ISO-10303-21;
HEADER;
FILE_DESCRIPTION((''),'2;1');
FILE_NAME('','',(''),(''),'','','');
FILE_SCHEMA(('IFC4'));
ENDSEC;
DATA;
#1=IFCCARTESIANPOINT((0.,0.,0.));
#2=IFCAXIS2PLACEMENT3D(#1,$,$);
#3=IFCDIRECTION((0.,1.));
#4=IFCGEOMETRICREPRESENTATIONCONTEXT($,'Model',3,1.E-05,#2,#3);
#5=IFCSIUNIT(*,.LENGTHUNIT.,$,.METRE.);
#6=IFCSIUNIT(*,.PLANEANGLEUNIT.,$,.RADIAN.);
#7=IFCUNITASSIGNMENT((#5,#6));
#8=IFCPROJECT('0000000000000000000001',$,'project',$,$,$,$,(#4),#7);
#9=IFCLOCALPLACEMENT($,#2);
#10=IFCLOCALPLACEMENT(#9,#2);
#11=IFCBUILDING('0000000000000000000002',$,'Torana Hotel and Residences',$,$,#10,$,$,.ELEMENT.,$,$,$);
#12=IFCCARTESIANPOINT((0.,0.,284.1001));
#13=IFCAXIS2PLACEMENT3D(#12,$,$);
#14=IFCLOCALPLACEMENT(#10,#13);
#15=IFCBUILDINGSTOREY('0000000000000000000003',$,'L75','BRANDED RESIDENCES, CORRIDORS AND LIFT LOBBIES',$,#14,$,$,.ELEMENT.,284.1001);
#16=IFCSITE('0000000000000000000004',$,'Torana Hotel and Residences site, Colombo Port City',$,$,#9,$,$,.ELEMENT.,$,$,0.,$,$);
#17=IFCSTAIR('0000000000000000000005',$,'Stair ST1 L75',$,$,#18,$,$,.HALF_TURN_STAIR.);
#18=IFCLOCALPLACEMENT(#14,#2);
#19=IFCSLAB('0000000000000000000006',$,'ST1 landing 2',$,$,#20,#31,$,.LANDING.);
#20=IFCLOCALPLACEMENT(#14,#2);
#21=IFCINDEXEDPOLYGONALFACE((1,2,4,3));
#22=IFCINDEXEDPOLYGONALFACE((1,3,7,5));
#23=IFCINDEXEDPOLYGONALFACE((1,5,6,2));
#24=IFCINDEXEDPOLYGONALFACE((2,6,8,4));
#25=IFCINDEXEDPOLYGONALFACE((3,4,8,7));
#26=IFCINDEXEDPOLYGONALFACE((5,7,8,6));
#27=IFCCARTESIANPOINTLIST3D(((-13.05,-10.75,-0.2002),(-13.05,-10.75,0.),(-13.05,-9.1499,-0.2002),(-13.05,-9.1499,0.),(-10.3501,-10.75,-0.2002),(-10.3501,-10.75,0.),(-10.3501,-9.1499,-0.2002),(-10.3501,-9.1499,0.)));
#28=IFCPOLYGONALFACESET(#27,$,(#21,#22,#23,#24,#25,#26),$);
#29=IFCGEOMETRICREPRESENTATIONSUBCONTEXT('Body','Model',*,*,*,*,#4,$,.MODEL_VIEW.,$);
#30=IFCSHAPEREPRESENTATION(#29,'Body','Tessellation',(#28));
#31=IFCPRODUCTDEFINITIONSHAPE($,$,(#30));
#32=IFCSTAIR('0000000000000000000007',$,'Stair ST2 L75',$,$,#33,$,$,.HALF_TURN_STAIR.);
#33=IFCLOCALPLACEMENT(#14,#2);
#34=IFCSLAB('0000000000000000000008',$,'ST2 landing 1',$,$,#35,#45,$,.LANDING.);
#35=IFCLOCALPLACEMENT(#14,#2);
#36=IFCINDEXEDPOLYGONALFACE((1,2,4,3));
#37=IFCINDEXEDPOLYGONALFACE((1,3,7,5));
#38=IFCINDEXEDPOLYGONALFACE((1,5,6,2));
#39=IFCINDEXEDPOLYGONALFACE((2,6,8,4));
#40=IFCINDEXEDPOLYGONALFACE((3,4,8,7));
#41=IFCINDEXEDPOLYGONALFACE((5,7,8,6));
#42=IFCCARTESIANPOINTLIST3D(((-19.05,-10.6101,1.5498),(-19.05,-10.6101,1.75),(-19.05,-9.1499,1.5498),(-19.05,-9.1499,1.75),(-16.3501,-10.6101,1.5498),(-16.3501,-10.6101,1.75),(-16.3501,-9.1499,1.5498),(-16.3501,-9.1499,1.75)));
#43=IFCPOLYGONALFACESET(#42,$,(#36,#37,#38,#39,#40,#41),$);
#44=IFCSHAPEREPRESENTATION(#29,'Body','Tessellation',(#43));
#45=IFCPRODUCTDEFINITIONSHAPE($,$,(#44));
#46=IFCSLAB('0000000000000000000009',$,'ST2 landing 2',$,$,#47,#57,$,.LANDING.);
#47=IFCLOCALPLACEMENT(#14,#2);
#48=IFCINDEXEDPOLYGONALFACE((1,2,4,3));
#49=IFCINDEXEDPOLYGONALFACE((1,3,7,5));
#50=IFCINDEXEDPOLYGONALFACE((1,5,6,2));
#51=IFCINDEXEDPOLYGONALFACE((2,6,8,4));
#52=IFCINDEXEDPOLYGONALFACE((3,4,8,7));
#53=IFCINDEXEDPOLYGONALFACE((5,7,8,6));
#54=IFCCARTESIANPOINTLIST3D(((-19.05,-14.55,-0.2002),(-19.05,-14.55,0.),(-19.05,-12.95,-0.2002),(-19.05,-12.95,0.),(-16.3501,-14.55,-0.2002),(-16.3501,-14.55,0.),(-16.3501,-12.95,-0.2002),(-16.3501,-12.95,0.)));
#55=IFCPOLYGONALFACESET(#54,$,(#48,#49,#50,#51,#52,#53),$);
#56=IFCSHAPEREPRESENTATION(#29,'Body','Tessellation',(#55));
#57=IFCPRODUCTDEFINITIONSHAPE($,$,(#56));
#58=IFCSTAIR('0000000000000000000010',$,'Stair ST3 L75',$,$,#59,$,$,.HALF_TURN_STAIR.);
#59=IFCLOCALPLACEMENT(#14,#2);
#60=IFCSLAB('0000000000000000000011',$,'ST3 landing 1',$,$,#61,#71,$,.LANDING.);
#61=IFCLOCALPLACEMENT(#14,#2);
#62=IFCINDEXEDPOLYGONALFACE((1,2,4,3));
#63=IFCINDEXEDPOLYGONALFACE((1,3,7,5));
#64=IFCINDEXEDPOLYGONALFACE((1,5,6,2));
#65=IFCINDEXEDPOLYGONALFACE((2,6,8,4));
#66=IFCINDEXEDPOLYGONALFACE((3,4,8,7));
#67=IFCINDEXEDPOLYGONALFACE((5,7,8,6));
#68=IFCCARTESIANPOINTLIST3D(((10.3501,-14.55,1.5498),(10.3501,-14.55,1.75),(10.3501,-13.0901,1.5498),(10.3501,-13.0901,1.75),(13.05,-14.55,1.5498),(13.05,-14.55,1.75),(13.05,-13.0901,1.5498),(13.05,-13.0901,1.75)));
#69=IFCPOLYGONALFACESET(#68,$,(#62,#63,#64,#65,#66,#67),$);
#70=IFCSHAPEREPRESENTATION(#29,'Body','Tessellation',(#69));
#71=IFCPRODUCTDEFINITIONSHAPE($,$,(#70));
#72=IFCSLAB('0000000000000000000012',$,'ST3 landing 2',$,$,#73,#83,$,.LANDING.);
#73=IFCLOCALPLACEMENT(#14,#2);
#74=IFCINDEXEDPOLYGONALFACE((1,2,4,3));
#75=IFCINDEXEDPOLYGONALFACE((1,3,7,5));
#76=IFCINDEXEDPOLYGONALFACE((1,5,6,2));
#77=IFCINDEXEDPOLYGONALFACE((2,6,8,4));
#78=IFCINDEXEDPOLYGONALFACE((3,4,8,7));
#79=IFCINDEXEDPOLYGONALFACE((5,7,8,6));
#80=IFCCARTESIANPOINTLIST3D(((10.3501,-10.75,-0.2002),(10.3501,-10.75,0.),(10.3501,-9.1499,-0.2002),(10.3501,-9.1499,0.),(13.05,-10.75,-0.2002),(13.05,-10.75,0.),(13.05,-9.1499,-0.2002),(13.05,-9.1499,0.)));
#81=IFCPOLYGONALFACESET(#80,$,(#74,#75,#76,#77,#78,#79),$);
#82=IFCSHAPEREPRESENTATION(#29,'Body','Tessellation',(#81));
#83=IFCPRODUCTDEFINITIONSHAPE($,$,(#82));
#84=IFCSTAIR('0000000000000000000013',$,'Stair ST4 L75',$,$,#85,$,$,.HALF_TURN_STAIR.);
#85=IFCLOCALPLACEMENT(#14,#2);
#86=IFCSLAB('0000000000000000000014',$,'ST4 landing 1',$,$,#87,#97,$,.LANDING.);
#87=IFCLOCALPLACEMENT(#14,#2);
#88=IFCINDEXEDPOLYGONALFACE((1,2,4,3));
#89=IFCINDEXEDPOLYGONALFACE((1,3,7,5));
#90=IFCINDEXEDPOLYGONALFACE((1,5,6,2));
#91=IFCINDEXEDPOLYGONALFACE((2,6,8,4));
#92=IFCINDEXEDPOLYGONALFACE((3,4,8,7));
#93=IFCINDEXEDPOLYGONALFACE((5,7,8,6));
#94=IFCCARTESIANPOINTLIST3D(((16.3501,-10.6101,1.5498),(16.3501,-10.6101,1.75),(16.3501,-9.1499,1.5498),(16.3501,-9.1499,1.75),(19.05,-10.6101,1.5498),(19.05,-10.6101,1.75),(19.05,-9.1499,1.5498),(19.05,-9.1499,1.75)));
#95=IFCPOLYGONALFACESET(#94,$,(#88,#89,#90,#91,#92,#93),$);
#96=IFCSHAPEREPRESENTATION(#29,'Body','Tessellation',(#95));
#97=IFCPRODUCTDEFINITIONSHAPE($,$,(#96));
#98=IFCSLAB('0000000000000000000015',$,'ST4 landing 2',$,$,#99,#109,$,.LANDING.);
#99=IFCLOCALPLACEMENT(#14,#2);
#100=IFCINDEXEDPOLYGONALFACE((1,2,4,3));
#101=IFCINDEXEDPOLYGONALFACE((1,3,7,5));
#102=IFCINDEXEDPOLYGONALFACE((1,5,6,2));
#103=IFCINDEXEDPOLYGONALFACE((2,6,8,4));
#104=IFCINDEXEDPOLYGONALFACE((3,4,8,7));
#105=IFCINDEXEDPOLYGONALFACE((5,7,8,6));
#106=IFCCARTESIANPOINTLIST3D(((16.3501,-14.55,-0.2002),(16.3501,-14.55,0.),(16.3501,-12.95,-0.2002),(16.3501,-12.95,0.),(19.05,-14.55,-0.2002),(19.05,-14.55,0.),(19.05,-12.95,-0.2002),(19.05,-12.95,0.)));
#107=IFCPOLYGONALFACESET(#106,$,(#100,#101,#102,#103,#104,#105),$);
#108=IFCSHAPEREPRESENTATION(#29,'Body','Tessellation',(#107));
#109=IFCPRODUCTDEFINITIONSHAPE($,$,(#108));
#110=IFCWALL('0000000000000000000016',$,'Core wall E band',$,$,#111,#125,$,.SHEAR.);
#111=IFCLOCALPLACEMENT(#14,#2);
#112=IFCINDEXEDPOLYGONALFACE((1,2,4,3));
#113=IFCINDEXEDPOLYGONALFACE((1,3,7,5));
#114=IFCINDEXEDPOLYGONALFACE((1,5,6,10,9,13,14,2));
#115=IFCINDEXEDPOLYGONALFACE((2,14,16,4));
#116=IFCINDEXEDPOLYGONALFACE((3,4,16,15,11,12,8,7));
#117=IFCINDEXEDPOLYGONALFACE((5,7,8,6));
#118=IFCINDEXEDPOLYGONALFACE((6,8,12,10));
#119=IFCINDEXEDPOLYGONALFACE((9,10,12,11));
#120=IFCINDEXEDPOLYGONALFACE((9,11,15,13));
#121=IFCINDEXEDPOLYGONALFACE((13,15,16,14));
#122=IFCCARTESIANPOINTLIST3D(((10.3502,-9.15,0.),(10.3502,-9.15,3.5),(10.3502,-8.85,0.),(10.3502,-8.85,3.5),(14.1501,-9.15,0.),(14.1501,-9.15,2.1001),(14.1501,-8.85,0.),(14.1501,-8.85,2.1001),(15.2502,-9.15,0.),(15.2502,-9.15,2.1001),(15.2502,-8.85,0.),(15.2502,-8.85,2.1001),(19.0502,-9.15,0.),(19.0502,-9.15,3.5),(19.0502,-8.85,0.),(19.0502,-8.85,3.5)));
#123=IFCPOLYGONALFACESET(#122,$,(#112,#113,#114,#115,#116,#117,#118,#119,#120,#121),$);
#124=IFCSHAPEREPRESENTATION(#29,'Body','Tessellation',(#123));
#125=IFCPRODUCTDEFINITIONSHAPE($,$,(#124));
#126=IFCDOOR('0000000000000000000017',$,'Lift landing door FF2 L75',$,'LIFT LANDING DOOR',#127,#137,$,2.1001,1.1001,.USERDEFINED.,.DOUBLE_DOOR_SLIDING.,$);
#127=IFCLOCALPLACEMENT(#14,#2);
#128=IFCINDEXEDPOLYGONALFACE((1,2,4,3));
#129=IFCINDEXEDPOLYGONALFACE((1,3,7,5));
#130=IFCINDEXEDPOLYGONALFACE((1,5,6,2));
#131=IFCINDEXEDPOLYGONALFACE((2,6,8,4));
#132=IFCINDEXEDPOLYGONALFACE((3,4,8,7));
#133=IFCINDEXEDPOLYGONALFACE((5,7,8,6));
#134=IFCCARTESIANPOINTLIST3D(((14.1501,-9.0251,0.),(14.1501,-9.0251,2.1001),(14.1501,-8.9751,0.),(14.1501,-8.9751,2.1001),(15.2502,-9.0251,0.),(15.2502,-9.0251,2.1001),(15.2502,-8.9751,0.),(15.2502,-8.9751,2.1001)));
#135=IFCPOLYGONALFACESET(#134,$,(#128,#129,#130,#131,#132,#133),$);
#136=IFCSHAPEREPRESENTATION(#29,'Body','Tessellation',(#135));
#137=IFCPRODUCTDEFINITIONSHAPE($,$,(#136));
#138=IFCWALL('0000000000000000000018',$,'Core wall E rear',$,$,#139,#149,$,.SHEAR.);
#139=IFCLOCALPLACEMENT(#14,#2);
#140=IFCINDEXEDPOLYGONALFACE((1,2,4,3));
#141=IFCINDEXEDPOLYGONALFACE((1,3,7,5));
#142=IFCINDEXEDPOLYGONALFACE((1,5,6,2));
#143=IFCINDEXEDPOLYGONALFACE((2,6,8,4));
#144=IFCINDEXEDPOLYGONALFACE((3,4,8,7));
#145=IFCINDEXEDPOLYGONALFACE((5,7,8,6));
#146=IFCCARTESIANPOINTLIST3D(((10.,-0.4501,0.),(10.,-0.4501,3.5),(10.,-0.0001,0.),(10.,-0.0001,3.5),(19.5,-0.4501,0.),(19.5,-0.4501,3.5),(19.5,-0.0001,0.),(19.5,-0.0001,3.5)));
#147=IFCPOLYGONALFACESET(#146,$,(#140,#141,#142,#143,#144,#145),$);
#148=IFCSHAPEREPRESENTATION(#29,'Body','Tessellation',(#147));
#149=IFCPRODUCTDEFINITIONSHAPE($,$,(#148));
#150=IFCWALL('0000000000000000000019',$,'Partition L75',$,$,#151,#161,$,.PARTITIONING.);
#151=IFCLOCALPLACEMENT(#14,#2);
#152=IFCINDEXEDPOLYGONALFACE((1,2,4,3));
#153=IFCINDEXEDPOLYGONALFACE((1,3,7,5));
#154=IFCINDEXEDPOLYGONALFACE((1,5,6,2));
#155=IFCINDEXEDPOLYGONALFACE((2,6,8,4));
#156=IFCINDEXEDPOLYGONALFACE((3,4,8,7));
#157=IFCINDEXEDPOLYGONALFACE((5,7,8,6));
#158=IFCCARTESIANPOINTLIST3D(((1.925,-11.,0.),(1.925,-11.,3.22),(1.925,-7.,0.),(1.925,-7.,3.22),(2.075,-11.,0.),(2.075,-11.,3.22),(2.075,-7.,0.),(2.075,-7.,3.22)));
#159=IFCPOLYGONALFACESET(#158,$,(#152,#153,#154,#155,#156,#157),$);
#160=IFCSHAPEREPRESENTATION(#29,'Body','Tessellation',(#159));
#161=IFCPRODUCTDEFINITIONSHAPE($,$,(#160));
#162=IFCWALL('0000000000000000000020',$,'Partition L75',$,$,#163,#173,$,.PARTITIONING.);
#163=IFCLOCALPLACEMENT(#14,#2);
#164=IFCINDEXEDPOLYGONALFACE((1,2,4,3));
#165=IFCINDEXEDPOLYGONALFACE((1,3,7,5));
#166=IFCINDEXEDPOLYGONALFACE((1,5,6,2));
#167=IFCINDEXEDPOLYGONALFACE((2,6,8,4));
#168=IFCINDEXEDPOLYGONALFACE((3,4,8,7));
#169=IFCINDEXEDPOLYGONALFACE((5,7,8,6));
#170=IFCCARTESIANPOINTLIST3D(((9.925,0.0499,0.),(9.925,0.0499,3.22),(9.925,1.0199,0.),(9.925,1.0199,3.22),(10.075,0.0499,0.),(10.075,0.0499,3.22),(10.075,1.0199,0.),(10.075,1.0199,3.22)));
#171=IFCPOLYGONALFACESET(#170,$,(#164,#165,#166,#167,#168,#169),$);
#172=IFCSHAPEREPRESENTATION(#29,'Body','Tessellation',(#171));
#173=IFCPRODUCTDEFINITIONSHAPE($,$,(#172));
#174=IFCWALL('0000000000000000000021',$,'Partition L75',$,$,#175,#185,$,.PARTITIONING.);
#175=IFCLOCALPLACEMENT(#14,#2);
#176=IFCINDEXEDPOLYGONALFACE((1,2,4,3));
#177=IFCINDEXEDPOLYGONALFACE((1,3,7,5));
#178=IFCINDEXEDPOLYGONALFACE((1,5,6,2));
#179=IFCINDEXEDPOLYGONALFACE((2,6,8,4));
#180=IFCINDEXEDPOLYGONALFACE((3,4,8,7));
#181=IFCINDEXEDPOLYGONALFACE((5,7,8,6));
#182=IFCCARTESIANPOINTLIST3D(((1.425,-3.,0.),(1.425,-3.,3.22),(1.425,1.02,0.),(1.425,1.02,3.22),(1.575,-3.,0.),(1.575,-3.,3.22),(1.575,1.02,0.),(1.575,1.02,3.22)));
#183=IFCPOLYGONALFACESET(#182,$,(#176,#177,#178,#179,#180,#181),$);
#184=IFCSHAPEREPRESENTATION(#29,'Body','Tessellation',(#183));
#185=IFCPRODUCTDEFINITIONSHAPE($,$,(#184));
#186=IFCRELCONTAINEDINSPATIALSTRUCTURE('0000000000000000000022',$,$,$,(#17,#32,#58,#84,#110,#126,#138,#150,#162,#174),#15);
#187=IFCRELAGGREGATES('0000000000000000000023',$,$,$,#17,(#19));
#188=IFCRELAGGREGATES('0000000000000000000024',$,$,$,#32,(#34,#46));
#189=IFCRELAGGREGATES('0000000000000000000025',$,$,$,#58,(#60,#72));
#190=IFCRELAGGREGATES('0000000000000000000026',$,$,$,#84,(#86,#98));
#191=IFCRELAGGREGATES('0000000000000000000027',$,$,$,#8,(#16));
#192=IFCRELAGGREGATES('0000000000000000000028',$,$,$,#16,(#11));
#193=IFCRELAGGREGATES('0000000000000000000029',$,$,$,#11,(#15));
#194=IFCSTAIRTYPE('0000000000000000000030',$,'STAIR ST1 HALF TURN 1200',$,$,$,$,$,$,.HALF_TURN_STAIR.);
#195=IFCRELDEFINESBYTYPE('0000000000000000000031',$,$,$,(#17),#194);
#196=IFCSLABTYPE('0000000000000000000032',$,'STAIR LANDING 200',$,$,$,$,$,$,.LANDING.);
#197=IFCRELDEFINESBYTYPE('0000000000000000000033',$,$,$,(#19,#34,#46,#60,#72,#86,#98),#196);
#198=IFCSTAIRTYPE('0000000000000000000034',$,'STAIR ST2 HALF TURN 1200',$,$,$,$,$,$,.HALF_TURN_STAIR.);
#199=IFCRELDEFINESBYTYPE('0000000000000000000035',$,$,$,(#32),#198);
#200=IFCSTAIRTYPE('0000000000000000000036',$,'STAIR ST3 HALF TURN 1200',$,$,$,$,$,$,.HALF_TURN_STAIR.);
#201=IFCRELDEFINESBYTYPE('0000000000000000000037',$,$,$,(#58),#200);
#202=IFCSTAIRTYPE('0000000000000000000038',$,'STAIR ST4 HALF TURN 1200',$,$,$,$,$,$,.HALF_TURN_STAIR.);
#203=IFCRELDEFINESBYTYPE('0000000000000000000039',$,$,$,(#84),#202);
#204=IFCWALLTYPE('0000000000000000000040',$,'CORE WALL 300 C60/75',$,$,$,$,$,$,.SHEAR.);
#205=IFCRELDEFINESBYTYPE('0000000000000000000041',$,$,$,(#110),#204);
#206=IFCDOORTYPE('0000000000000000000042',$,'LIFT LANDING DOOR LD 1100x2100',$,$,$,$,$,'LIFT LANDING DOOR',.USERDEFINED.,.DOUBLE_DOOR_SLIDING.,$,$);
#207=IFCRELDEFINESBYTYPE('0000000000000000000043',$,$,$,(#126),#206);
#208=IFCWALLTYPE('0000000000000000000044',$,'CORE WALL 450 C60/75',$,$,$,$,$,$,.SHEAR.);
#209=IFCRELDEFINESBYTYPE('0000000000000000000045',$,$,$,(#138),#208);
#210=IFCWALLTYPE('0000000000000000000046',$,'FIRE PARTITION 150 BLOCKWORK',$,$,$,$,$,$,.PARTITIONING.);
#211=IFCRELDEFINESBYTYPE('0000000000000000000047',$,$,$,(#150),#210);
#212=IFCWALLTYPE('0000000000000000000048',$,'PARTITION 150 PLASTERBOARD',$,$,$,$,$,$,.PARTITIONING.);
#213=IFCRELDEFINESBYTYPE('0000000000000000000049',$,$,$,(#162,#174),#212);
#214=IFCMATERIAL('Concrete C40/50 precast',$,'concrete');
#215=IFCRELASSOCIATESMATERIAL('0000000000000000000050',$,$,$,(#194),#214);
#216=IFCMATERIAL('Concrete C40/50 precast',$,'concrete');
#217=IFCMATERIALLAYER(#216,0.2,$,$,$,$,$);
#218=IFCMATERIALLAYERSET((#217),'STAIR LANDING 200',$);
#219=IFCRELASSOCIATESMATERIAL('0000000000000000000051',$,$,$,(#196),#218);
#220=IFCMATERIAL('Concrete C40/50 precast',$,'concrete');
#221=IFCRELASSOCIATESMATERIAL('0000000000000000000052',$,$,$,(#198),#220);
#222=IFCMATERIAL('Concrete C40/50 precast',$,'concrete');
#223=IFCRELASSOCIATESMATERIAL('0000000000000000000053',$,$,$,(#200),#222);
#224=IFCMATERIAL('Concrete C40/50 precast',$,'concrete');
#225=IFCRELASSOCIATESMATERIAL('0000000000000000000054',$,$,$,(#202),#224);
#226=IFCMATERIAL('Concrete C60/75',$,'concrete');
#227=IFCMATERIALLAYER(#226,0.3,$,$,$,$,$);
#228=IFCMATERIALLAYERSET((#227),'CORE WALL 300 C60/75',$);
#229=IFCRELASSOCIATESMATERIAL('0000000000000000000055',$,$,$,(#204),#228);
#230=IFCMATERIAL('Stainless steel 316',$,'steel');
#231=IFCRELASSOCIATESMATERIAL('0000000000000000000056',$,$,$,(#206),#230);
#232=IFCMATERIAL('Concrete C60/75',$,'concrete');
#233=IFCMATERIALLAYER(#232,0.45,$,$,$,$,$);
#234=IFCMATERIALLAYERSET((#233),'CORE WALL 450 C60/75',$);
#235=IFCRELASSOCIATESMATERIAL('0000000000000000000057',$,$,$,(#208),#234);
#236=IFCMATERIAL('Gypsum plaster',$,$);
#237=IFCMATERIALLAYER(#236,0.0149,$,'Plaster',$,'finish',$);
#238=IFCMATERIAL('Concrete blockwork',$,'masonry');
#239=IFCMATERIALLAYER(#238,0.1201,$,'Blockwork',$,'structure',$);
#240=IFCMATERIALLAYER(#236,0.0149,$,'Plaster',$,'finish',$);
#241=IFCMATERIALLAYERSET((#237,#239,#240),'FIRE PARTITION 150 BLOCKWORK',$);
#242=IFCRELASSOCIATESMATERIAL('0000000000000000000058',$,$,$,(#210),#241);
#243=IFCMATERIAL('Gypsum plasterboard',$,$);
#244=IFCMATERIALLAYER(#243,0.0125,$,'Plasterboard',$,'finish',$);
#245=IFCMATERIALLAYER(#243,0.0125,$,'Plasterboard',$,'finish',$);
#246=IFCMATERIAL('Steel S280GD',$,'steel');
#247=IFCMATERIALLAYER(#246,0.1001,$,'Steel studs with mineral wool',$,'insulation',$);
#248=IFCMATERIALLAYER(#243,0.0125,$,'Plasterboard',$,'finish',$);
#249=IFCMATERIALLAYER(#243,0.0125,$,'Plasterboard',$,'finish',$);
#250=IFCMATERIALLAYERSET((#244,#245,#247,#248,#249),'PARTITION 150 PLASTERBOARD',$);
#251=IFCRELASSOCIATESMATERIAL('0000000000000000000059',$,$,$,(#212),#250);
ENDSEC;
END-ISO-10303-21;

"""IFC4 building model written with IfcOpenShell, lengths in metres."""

from ifc_helpers import new_model, si_unit, direction, frame, frame_2d, origin, place, context, subcontext, project, spatial, polyline, rectangle, outline, extrude, material, layer, layer_set, type_object, element, fill, aggregate, save


model = new_model("IFC4")

# Units and contexts
model_context = context("Model", 3, precision=1e-05, world=origin(), true_north=direction((0.0, 1.0)))
body_context = subcontext(model_context, "Body", "Model", "MODEL_VIEW")
ifc_project = project(units=[si_unit("LENGTHUNIT", "METRE"), si_unit("PLANEANGLEUNIT", "RADIAN")], contexts=[model_context])

# Site, building, storey
site_placement = place(None, origin())
site = spatial("IfcSite", under=ifc_project, at=site_placement, Name="Torana Hotel and Residences site, Colombo Port City", CompositionType="ELEMENT", RefElevation=0.0)
building_placement = place(site_placement, origin())
building = spatial("IfcBuilding", under=site, at=building_placement, Name="Torana Hotel and Residences", CompositionType="ELEMENT")
storey_placement = place(building_placement, frame((0.0, 0.0, 284.1001)))
storey = spatial("IfcBuildingStorey", under=building, at=storey_placement, Name="L75", Description="BRANDED RESIDENCES, CORRIDORS AND LIFT LOBBIES", CompositionType="ELEMENT", Elevation=284.1001)

# Stairs, slabs
ifc_material_1 = material(Name="Concrete C40/50 precast", Category="concrete")
stair_type_1 = type_object("IfcStairType", Name="STAIR ST1 HALF TURN 1200", PredefinedType="HALF_TURN_STAIR", material=ifc_material_1)
stair_1_placement = place(storey_placement, origin())
stair_1 = element("IfcStair", 1, at=stair_1_placement, inside=storey, type_object=stair_type_1, Name="Stair ST1 L75", PredefinedType="HALF_TURN_STAIR")
ifc_material_2 = material(Name="Concrete C40/50 precast", Category="concrete")
ifc_layer_1 = layer(ifc_material_2, 0.2)
ifc_layer_set_1 = layer_set([ifc_layer_1], Name="STAIR LANDING 200")
slab_type_1 = type_object("IfcSlabType", Name="STAIR LANDING 200", PredefinedType="LANDING", material=ifc_layer_set_1)
slab_1_placement = place(storey_placement, frame((0.0, 0.0, -0.2002)))
slab_1 = element("IfcSlab", 2, at=slab_1_placement, type_object=slab_type_1, Name="ST1 landing 2", PredefinedType="LANDING", context=body_context, shape_type="SweptSolid", body=[
    extrude(outline(polyline([(-13.05, -10.75), (-10.3501, -10.75), (-10.3501, -9.1499), (-13.05, -9.1499), (-13.05, -10.75)])), origin(), (0.0, 0.0, 1.0), 0.2002),
])
aggregate(stair_1, [slab_1])
ifc_material_3 = material(Name="Concrete C40/50 precast", Category="concrete")
stair_type_2 = type_object("IfcStairType", Name="STAIR ST2 HALF TURN 1200", PredefinedType="HALF_TURN_STAIR", material=ifc_material_3)
stair_2_placement = place(storey_placement, origin())
stair_2 = element("IfcStair", 3, at=stair_2_placement, inside=storey, type_object=stair_type_2, Name="Stair ST2 L75", PredefinedType="HALF_TURN_STAIR")
slab_2_placement = place(storey_placement, frame((0.0, 0.0, 1.5498)))
slab_2 = element("IfcSlab", 4, at=slab_2_placement, type_object=slab_type_1, Name="ST2 landing 1", PredefinedType="LANDING", context=body_context, shape_type="SweptSolid", body=[
    extrude(outline(polyline([(-19.05, -10.6101), (-16.3501, -10.6101), (-16.3501, -9.1499), (-19.05, -9.1499), (-19.05, -10.6101)])), origin(), (0.0, 0.0, 1.0), 0.2002),
])
slab_3_placement = place(storey_placement, frame((0.0, 0.0, -0.2002)))
slab_3 = element("IfcSlab", 5, at=slab_3_placement, type_object=slab_type_1, Name="ST2 landing 2", PredefinedType="LANDING", context=body_context, shape_type="SweptSolid", body=[
    extrude(outline(polyline([(-19.05, -14.55), (-16.3501, -14.55), (-16.3501, -12.95), (-19.05, -12.95), (-19.05, -14.55)])), origin(), (0.0, 0.0, 1.0), 0.2002),
])
aggregate(stair_2, [slab_2, slab_3])
ifc_material_4 = material(Name="Concrete C40/50 precast", Category="concrete")
stair_type_3 = type_object("IfcStairType", Name="STAIR ST3 HALF TURN 1200", PredefinedType="HALF_TURN_STAIR", material=ifc_material_4)
stair_3_placement = place(storey_placement, origin())
stair_3 = element("IfcStair", 6, at=stair_3_placement, inside=storey, type_object=stair_type_3, Name="Stair ST3 L75", PredefinedType="HALF_TURN_STAIR")
slab_4_placement = place(storey_placement, frame((0.0, 0.0, 1.5498)))
slab_4 = element("IfcSlab", 7, at=slab_4_placement, type_object=slab_type_1, Name="ST3 landing 1", PredefinedType="LANDING", context=body_context, shape_type="SweptSolid", body=[
    extrude(outline(polyline([(10.3501, -14.55), (13.05, -14.55), (13.05, -13.0901), (10.3501, -13.0901), (10.3501, -14.55)])), origin(), (0.0, 0.0, 1.0), 0.2002),
])
slab_5_placement = place(storey_placement, frame((0.0, 0.0, -0.2002)))
slab_5 = element("IfcSlab", 8, at=slab_5_placement, type_object=slab_type_1, Name="ST3 landing 2", PredefinedType="LANDING", context=body_context, shape_type="SweptSolid", body=[
    extrude(outline(polyline([(10.3501, -10.75), (13.05, -10.75), (13.05, -9.1499), (10.3501, -9.1499), (10.3501, -10.75)])), origin(), (0.0, 0.0, 1.0), 0.2002),
])
aggregate(stair_3, [slab_4, slab_5])
ifc_material_5 = material(Name="Concrete C40/50 precast", Category="concrete")
stair_type_4 = type_object("IfcStairType", Name="STAIR ST4 HALF TURN 1200", PredefinedType="HALF_TURN_STAIR", material=ifc_material_5)
stair_4_placement = place(storey_placement, origin())
stair_4 = element("IfcStair", 9, at=stair_4_placement, inside=storey, type_object=stair_type_4, Name="Stair ST4 L75", PredefinedType="HALF_TURN_STAIR")
slab_6_placement = place(storey_placement, frame((0.0, 0.0, 1.5498)))
slab_6 = element("IfcSlab", 10, at=slab_6_placement, type_object=slab_type_1, Name="ST4 landing 1", PredefinedType="LANDING", context=body_context, shape_type="SweptSolid", body=[
    extrude(outline(polyline([(16.3501, -10.6101), (19.05, -10.6101), (19.05, -9.1499), (16.3501, -9.1499), (16.3501, -10.6101)])), origin(), (0.0, 0.0, 1.0), 0.2002),
])
slab_7_placement = place(storey_placement, frame((0.0, 0.0, -0.2002)))
slab_7 = element("IfcSlab", 11, at=slab_7_placement, type_object=slab_type_1, Name="ST4 landing 2", PredefinedType="LANDING", context=body_context, shape_type="SweptSolid", body=[
    extrude(outline(polyline([(16.3501, -14.55), (19.05, -14.55), (19.05, -12.95), (16.3501, -12.95), (16.3501, -14.55)])), origin(), (0.0, 0.0, 1.0), 0.2002),
])
aggregate(stair_4, [slab_6, slab_7])

# Wall, opening, door
ifc_material_6 = material(Name="Concrete C60/75", Category="concrete")
ifc_layer_2 = layer(ifc_material_6, 0.3)
ifc_layer_set_2 = layer_set([ifc_layer_2], Name="CORE WALL 300 C60/75")
wall_type_1 = type_object("IfcWallType", Name="CORE WALL 300 C60/75", PredefinedType="SHEAR", material=ifc_layer_set_2)
wall_1_placement = place(storey_placement, frame((10.3501, -9.0, 0.0), z_axis=(0.0, 0.0, 1.0), x_axis=(1.0, 0.0, 0.0)))
wall_1 = element("IfcWall", 12, at=wall_1_placement, inside=storey, type_object=wall_type_1, Name="Core wall E band", PredefinedType="SHEAR", context=body_context, shape_type="SweptSolid", body=[
    extrude(rectangle(XDim=8.7, YDim=0.3, at=frame_2d((4.3501, 0.0))), origin(), (0.0, 0.0, 1.0), 3.5),
])
opening_placement = place(wall_1_placement, frame((3.8, 0.0, 0.0)))
opening = element("IfcOpeningElement", 13, at=opening_placement, cuts=wall_1, PredefinedType="OPENING", context=body_context, shape_type="SweptSolid", body=[
    extrude(rectangle(XDim=1.1001, YDim=2.1001, at=frame_2d((0.55, 1.05))), frame((0.0, 0.1599, 0.0), z_axis=(0.0, -1.0, 0.0), x_axis=(1.0, 0.0, 0.0)), (0.0, 0.0, 1.0), 0.3201),
])
ifc_material_7 = material(Name="Stainless steel 316", Category="steel")
door_type = type_object("IfcDoorType", Name="LIFT LANDING DOOR LD 1100x2100", ElementType="LIFT LANDING DOOR", OperationType="DOUBLE_DOOR_SLIDING", PredefinedType="USERDEFINED", material=ifc_material_7)
door_placement = place(opening_placement, origin())
door = element("IfcDoor", 14, at=door_placement, inside=storey, type_object=door_type, Name="Lift landing door FF2 L75", ObjectType="LIFT LANDING DOOR", OperationType="DOUBLE_DOOR_SLIDING", OverallHeight=2.1001, OverallWidth=1.1001, PredefinedType="USERDEFINED", context=body_context, shape_type="SweptSolid", body=[
    extrude(rectangle(XDim=1.1001, YDim=2.1001, at=frame_2d((0.55, 1.05))), frame((0.0, 0.0249, 0.0), z_axis=(0.0, -1.0, 0.0), x_axis=(1.0, 0.0, 0.0)), (0.0, 0.0, 1.0), 0.05),
])
fill(opening, door)

# Walls
ifc_material_8 = material(Name="Concrete C60/75", Category="concrete")
ifc_layer_3 = layer(ifc_material_8, 0.45)
ifc_layer_set_3 = layer_set([ifc_layer_3], Name="CORE WALL 450 C60/75")
wall_type_2 = type_object("IfcWallType", Name="CORE WALL 450 C60/75", PredefinedType="SHEAR", material=ifc_layer_set_3)
wall_2_placement = place(storey_placement, frame((10.0, -0.2251, 0.0), z_axis=(0.0, 0.0, 1.0), x_axis=(1.0, 0.0, 0.0)))
element("IfcWall", 15, at=wall_2_placement, inside=storey, type_object=wall_type_2, Name="Core wall E rear", PredefinedType="SHEAR", context=body_context, shape_type="SweptSolid", body=[
    extrude(rectangle(XDim=9.5, YDim=0.45, at=frame_2d((4.75, 0.0))), origin(), (0.0, 0.0, 1.0), 3.5),
])
ifc_material_9 = material(Name="Gypsum plaster")
ifc_layer_4 = layer(ifc_material_9, 0.0149, Name="Plaster", Category="finish")
ifc_material_10 = material(Name="Concrete blockwork", Category="masonry")
ifc_layer_5 = layer(ifc_material_10, 0.1201, Name="Blockwork", Category="structure")
ifc_layer_6 = layer(ifc_material_9, 0.0149, Name="Plaster", Category="finish")
ifc_layer_set_4 = layer_set([ifc_layer_4, ifc_layer_5, ifc_layer_6], Name="FIRE PARTITION 150 BLOCKWORK")
wall_type_3 = type_object("IfcWallType", Name="FIRE PARTITION 150 BLOCKWORK", PredefinedType="PARTITIONING", material=ifc_layer_set_4)
wall_3_placement = place(storey_placement, frame((2.0, -11.0, 0.0), z_axis=(0.0, 0.0, 1.0), x_axis=(0.0, 1.0, 0.0)))
element("IfcWall", 16, at=wall_3_placement, inside=storey, type_object=wall_type_3, Name="Partition L75", PredefinedType="PARTITIONING", context=body_context, shape_type="SweptSolid", body=[
    extrude(rectangle(XDim=4.0, YDim=0.1499, at=frame_2d((2.0, 0.0))), origin(), (0.0, 0.0, 1.0), 3.22),
])
ifc_material_11 = material(Name="Gypsum plasterboard")
ifc_layer_7 = layer(ifc_material_11, 0.0125, Name="Plasterboard", Category="finish")
ifc_layer_8 = layer(ifc_material_11, 0.0125, Name="Plasterboard", Category="finish")
ifc_material_12 = material(Name="Steel S280GD", Category="steel")
ifc_layer_9 = layer(ifc_material_12, 0.1001, Name="Steel studs with mineral wool", Category="insulation")
ifc_layer_10 = layer(ifc_material_11, 0.0125, Name="Plasterboard", Category="finish")
ifc_layer_11 = layer(ifc_material_11, 0.0125, Name="Plasterboard", Category="finish")
ifc_layer_set_5 = layer_set([ifc_layer_7, ifc_layer_8, ifc_layer_9, ifc_layer_10, ifc_layer_11], Name="PARTITION 150 PLASTERBOARD")
wall_type_4 = type_object("IfcWallType", Name="PARTITION 150 PLASTERBOARD", PredefinedType="PARTITIONING", material=ifc_layer_set_5)
wall_4_placement = place(storey_placement, frame((10.0, 0.05, 0.0), z_axis=(0.0, 0.0, 1.0), x_axis=(0.0, 1.0, 0.0)))
element("IfcWall", 17, at=wall_4_placement, inside=storey, type_object=wall_type_4, Name="Partition L75", PredefinedType="PARTITIONING", context=body_context, shape_type="SweptSolid", body=[
    extrude(rectangle(XDim=0.97, YDim=0.1499, at=frame_2d((0.4849, 0.0))), origin(), (0.0, 0.0, 1.0), 3.22),
])
wall_5_placement = place(storey_placement, frame((1.5, -3.0, 0.0), z_axis=(0.0, 0.0, 1.0), x_axis=(0.0, 1.0, 0.0)))
element("IfcWall", 18, at=wall_5_placement, inside=storey, type_object=wall_type_4, Name="Partition L75", PredefinedType="PARTITIONING", context=body_context, shape_type="SweptSolid", body=[
    extrude(rectangle(XDim=4.02, YDim=0.1499, at=frame_2d((2.01, 0.0))), origin(), (0.0, 0.0, 1.0), 3.22),
])

save(model, "model.ifc")
